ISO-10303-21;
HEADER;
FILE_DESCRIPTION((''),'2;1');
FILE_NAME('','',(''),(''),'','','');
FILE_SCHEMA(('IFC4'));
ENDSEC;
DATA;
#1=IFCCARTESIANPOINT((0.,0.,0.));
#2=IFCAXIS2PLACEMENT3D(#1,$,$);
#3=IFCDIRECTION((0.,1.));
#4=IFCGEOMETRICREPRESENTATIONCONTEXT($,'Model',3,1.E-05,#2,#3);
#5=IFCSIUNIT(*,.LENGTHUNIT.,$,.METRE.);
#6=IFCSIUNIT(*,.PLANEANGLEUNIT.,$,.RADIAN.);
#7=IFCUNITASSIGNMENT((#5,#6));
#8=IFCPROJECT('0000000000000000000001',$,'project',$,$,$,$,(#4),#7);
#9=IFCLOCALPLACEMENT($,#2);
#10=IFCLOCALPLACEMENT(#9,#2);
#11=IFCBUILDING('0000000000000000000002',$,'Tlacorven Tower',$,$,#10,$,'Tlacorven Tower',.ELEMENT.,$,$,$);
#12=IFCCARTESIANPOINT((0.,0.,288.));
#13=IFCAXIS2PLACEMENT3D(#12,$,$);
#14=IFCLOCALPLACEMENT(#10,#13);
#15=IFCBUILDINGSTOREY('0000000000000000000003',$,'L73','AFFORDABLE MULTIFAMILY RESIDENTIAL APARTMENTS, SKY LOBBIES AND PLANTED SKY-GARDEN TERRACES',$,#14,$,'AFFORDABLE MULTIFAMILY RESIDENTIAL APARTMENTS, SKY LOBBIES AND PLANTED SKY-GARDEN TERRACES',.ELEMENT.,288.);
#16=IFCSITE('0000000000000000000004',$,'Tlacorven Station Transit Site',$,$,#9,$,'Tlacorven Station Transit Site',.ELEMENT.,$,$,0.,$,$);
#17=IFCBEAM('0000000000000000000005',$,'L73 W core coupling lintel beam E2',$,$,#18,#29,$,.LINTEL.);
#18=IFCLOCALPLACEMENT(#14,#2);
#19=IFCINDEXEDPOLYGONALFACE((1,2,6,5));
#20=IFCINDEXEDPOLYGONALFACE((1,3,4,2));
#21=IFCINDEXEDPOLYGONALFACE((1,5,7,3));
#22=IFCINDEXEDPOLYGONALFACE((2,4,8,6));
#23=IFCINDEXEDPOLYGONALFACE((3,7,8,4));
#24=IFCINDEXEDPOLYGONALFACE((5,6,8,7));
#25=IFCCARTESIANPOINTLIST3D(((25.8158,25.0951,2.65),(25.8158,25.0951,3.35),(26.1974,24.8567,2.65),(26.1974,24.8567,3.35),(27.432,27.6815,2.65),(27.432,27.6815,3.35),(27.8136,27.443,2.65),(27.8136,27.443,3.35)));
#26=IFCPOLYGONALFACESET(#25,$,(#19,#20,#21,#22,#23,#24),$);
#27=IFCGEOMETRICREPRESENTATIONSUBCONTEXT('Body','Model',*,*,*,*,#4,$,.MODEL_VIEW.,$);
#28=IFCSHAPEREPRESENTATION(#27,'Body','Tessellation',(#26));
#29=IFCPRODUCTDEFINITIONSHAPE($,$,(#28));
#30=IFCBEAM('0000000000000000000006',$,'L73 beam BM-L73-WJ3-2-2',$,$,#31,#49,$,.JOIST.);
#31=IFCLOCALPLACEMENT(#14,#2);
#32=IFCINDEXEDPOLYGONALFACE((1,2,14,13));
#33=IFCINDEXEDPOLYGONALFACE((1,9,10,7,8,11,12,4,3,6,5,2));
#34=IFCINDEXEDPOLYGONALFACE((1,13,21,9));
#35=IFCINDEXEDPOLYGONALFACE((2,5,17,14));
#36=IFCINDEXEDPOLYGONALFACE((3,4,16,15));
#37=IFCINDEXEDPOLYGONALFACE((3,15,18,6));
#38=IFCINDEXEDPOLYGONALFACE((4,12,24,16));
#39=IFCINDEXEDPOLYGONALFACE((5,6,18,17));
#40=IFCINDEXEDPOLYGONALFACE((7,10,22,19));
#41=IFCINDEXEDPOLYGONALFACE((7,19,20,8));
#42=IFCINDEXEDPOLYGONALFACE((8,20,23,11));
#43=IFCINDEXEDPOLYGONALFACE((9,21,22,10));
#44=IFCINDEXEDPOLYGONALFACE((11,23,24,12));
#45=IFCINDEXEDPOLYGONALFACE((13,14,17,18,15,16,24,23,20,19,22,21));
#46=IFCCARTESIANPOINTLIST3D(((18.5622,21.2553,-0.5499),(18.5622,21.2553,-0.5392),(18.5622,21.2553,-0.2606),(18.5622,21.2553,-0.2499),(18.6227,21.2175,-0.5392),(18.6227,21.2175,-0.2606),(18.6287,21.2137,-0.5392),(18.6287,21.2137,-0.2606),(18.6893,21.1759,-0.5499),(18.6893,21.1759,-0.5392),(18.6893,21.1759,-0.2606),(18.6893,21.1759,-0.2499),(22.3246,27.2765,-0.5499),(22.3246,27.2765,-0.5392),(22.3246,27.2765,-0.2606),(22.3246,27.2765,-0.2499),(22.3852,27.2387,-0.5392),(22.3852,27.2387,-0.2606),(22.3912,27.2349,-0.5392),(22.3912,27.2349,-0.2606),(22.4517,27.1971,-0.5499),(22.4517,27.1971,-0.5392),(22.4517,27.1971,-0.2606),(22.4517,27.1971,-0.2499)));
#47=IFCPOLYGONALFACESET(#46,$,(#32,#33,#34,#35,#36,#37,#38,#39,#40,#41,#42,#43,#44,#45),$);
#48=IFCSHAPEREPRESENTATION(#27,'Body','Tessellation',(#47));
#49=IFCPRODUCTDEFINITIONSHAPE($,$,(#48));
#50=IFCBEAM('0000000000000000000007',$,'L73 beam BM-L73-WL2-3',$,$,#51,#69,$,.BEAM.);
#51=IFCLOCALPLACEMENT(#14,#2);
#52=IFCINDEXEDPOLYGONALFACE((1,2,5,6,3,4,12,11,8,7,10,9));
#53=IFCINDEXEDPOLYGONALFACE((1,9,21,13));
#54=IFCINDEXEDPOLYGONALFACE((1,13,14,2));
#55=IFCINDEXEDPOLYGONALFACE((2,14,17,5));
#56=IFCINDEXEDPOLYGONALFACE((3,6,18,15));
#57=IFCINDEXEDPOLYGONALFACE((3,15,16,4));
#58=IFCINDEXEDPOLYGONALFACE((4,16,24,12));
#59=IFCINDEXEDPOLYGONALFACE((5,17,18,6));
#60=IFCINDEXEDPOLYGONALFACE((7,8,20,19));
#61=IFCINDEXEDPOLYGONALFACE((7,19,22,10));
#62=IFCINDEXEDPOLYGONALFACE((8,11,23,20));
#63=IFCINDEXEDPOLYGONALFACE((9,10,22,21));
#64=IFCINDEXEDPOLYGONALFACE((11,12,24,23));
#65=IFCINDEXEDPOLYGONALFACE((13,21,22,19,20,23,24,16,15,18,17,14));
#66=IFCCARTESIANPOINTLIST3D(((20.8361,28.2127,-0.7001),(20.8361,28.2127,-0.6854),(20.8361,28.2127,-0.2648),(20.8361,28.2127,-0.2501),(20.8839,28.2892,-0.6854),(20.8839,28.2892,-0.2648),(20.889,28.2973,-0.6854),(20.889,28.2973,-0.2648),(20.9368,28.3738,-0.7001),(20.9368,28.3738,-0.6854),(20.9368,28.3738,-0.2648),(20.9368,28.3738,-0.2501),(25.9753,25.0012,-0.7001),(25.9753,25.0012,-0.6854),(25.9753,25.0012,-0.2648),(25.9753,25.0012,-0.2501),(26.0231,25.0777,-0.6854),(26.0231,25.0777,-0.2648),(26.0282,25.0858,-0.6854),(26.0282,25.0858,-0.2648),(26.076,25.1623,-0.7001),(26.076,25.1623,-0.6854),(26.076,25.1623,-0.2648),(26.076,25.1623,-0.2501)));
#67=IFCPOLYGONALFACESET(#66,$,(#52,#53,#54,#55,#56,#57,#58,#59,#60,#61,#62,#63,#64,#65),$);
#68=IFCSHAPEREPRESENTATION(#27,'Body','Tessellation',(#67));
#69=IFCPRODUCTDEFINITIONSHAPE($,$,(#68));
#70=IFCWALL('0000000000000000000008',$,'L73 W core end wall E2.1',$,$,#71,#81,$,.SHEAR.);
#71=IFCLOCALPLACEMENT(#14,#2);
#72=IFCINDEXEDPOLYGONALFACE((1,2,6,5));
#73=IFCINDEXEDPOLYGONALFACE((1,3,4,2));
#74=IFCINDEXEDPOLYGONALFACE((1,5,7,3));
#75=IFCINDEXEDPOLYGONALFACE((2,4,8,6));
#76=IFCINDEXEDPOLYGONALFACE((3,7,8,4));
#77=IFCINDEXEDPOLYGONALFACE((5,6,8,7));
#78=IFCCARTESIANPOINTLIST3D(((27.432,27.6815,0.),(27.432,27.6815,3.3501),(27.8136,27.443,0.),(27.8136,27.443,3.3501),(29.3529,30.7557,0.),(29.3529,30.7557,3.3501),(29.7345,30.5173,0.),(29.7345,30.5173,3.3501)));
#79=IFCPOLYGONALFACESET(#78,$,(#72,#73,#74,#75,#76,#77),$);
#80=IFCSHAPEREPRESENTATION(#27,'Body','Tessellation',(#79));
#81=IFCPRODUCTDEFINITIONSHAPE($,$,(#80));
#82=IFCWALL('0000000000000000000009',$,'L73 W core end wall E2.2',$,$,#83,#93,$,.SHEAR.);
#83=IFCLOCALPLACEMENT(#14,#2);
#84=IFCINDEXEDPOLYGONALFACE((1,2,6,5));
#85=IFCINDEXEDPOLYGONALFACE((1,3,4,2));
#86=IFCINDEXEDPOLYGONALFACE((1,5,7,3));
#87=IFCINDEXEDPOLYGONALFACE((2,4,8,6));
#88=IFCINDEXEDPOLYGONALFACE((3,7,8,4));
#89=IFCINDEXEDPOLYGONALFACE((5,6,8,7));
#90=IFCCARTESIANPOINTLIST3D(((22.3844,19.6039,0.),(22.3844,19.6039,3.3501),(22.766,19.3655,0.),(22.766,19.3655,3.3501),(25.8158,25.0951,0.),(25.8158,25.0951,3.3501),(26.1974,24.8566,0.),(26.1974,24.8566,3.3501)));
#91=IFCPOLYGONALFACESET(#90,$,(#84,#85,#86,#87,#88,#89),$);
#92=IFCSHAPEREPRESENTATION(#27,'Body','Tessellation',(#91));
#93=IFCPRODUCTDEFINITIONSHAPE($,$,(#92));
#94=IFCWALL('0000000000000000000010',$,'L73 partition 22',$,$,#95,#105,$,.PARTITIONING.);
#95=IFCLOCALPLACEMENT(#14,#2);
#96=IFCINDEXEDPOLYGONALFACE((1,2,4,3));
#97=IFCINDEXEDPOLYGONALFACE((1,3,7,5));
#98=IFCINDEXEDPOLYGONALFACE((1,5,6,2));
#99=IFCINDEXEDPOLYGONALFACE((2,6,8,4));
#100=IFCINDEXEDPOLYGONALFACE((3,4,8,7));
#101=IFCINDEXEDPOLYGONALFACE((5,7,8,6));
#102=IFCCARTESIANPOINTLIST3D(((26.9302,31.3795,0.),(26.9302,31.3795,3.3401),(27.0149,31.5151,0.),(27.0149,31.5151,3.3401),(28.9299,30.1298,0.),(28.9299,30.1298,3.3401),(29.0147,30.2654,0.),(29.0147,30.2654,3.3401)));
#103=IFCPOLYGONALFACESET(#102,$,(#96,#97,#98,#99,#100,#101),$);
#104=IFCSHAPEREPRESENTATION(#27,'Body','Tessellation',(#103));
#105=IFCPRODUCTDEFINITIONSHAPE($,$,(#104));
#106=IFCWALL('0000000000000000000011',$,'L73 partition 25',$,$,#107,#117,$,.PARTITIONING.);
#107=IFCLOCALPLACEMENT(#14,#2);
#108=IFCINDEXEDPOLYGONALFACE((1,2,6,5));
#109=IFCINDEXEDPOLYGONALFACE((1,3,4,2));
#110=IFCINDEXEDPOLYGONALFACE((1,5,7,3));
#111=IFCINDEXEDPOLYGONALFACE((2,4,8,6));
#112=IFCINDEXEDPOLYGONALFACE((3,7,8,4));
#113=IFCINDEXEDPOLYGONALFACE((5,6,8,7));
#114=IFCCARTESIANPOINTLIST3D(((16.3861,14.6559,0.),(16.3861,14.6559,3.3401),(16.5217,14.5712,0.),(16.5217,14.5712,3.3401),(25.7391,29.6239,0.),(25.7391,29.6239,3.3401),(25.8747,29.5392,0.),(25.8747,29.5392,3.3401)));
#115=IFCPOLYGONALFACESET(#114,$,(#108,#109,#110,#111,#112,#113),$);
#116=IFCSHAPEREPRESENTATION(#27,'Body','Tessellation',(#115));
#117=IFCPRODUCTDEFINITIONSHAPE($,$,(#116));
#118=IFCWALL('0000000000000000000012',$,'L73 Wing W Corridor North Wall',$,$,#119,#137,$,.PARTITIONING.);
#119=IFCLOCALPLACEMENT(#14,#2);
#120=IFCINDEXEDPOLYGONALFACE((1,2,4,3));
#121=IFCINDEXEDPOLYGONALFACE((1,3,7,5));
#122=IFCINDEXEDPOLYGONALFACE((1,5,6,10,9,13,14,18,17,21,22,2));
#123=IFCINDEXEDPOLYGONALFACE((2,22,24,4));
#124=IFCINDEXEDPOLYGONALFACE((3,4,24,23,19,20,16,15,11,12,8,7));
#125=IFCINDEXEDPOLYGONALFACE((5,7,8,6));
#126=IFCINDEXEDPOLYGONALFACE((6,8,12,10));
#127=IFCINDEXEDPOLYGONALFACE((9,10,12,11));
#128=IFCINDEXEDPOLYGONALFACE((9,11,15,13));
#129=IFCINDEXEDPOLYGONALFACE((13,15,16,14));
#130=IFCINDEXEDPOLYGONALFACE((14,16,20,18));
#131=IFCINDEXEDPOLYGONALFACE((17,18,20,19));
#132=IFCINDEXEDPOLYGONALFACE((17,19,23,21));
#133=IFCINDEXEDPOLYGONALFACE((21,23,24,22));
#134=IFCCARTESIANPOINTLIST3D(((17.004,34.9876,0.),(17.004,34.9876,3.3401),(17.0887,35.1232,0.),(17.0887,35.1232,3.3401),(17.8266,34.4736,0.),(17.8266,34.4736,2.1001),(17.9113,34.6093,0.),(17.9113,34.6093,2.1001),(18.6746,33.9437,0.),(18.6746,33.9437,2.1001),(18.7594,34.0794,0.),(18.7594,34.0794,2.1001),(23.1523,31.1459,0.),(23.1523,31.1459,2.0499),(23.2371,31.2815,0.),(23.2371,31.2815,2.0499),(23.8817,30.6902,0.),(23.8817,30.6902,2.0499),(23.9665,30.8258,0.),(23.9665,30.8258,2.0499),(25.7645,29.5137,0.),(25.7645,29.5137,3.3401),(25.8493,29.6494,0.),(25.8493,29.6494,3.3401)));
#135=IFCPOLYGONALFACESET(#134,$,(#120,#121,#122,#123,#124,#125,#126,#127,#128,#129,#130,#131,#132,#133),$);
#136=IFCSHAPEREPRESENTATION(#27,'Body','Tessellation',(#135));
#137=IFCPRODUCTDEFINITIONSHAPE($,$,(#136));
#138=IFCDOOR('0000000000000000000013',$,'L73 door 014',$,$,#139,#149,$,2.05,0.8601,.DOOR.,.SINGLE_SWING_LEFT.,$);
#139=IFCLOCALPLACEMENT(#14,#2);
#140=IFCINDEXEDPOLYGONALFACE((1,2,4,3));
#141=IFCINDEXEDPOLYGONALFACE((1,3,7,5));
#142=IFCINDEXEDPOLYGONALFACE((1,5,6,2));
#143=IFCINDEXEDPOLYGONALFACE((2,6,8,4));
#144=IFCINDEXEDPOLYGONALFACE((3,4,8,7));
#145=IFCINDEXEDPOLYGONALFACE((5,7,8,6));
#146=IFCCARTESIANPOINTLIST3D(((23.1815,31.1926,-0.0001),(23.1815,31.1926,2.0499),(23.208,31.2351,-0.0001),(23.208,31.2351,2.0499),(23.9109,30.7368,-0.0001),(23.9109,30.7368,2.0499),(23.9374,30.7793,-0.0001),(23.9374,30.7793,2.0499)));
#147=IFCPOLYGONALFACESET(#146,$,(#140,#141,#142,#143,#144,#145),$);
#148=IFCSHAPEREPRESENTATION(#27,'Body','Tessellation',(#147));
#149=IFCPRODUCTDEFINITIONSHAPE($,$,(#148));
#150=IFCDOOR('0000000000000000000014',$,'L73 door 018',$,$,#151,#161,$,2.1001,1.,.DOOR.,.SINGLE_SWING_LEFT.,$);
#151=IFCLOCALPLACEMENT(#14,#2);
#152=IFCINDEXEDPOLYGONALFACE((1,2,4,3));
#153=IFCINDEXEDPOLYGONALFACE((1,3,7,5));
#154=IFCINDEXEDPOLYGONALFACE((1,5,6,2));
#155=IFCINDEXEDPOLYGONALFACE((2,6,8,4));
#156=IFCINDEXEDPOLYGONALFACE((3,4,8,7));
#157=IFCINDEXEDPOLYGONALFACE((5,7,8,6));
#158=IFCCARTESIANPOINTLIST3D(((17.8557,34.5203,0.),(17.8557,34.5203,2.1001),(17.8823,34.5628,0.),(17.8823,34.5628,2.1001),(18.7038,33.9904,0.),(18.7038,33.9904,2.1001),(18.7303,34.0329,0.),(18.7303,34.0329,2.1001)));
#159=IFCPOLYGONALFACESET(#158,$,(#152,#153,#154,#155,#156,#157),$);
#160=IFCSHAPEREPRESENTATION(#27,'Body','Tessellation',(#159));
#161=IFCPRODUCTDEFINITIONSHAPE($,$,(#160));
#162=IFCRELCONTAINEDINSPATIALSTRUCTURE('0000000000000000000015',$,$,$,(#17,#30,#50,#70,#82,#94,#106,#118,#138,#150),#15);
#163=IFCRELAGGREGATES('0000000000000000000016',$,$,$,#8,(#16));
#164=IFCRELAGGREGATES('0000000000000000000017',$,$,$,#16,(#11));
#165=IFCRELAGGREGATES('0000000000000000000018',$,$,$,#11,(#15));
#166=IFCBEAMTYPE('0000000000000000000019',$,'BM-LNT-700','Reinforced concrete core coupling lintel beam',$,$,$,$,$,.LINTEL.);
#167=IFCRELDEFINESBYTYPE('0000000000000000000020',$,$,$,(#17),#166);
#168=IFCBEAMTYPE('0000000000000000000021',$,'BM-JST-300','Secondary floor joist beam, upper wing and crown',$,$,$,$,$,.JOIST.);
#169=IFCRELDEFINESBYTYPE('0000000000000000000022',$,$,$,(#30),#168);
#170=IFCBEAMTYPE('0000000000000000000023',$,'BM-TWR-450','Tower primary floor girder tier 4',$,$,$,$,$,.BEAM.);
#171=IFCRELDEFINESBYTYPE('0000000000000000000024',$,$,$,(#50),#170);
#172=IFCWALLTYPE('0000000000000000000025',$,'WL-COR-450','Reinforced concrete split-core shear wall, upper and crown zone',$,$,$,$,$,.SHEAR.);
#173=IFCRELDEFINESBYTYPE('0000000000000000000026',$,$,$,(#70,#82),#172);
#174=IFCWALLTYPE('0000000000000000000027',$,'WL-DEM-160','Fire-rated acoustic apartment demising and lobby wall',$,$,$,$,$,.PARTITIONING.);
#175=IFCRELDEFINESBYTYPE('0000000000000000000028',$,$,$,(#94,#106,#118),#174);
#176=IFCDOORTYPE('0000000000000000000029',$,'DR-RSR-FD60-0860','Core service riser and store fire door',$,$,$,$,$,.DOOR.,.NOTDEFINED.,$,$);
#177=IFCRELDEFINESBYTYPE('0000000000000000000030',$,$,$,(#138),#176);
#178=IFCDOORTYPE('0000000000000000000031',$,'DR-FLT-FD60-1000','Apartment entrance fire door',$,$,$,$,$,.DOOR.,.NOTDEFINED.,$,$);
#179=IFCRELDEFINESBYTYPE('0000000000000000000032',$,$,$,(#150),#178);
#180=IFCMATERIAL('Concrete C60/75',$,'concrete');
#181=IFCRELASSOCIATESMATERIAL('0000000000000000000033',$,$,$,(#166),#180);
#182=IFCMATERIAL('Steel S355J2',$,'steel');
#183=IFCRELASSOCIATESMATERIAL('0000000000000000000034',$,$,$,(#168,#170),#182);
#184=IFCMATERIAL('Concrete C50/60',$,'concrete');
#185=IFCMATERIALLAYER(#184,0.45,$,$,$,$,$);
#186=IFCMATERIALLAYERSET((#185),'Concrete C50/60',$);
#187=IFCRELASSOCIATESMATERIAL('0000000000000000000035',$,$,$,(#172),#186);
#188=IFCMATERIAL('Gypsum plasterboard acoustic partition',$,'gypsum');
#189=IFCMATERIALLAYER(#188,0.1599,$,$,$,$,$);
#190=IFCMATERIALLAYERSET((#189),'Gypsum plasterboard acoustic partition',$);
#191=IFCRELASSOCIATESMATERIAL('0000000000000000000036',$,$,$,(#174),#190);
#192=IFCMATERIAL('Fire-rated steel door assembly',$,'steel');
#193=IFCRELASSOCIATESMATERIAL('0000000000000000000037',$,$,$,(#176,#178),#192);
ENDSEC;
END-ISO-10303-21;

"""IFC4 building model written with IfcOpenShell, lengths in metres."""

from ifc_helpers import new_model, si_unit, direction, frame, frame_2d, origin, origin_2d, place, context, subcontext, project, spatial, rectangle, i_section, extrude, source, transform, mapped, material, layer, layer_set, material_profile, profile_set, type_object, element, fill, save


model = new_model("IFC4")

# Units and contexts
model_context = context("Model", 3, precision=1e-05, world=origin(), true_north=direction((0.0, 1.0)))
body_context = subcontext(model_context, "Body", "Model", "MODEL_VIEW")
ifc_project = project(units=[si_unit("LENGTHUNIT", "METRE"), si_unit("PLANEANGLEUNIT", "RADIAN")], contexts=[model_context])

# Site, building, storey
site_placement = place(None, origin())
site = spatial("IfcSite", under=ifc_project, at=site_placement, Name="Tlacorven Station Transit Site", LongName="Tlacorven Station Transit Site", CompositionType="ELEMENT", RefElevation=0.0)
building_placement = place(site_placement, origin())
building = spatial("IfcBuilding", under=site, at=building_placement, Name="Tlacorven Tower", LongName="Tlacorven Tower", CompositionType="ELEMENT")
storey_placement = place(building_placement, frame((0.0, 0.0, 288.0)))
storey = spatial("IfcBuildingStorey", under=building, at=storey_placement, Name="L73", Description="AFFORDABLE MULTIFAMILY RESIDENTIAL APARTMENTS, SKY LOBBIES AND PLANTED SKY-GARDEN TERRACES", LongName="AFFORDABLE MULTIFAMILY RESIDENTIAL APARTMENTS, SKY LOBBIES AND PLANTED SKY-GARDEN TERRACES", CompositionType="ELEMENT", Elevation=288.0)

# Beams
ifc_material_1 = material(Name="Concrete C60/75", Category="concrete")
ifc_material_profile_1 = material_profile(ifc_material_1, rectangle(XDim=0.45, YDim=0.7, at=origin_2d()), Name="RC 450X700")
ifc_profile_set_1 = profile_set([ifc_material_profile_1], Name="Concrete C60/75")
beam_type_1 = type_object("IfcBeamType", Name="BM-LNT-700", Description="Reinforced concrete core coupling lintel beam", PredefinedType="LINTEL", material=ifc_profile_set_1)
shared_shape_1 = source(origin(), body_context, "Body", "SweptSolid", [
    extrude(rectangle(XDim=0.45, YDim=0.7, at=origin_2d()), origin(), (0.0, 0.0, 1.0), 3.0498),
])
beam_1_placement = place(storey_placement, frame((27.6228, 27.5623, 3.0), z_axis=(-0.529927, -0.848043, 0.0), x_axis=(0.848043, -0.529927, 0.0)))
element("IfcBeam", 1, at=beam_1_placement, inside=storey, type_object=beam_type_1, Name="L73 W core coupling lintel beam E2", PredefinedType="LINTEL", context=body_context, shape_type="MappedRepresentation", body=[
    mapped(shared_shape_1, transform((0.0, 0.0, 0.0), scale=1.0)),
])
ifc_material_2 = material(Name="Steel S355J2", Category="steel")
ifc_material_profile_2 = material_profile(ifc_material_2, i_section(OverallWidth=0.1499, OverallDepth=0.3, WebThickness=0.0071, FlangeThickness=0.0107, at=origin_2d()), Name="IPE 300")
ifc_profile_set_2 = profile_set([ifc_material_profile_2], Name="Steel S355J2")
beam_type_2 = type_object("IfcBeamType", Name="BM-JST-300", Description="Secondary floor joist beam, upper wing and crown", PredefinedType="JOIST", material=ifc_profile_set_2)
shared_shape_2 = source(origin(), body_context, "Body", "SweptSolid", [
    extrude(i_section(OverallWidth=0.1499, OverallDepth=0.3, WebThickness=0.0071, FlangeThickness=0.0107, at=origin_2d()), origin(), (0.0, 0.0, 1.0), 7.1001),
])
beam_2_placement = place(storey_placement, frame((22.3882, 27.2368, -0.3999), z_axis=(-0.529915, -0.84805, 0.0), x_axis=(0.84805, -0.529915, 0.0)))
element("IfcBeam", 2, at=beam_2_placement, inside=storey, type_object=beam_type_2, Name="L73 beam BM-L73-WJ3-2-2", PredefinedType="JOIST", context=body_context, shape_type="MappedRepresentation", body=[
    mapped(shared_shape_2, transform((0.0, 0.0, 0.0), scale=1.0)),
])
ifc_material_profile_3 = material_profile(ifc_material_2, i_section(OverallWidth=0.1899, OverallDepth=0.45, WebThickness=0.0095, FlangeThickness=0.0146, at=origin_2d()), Name="IPE 450")
ifc_profile_set_3 = profile_set([ifc_material_profile_3], Name="Steel S355J2")
beam_type_3 = type_object("IfcBeamType", Name="BM-TWR-450", Description="Tower primary floor girder tier 4", PredefinedType="BEAM", material=ifc_profile_set_3)
shared_shape_3 = source(origin(), body_context, "Body", "SweptSolid", [
    extrude(i_section(OverallWidth=0.1899, OverallDepth=0.45, WebThickness=0.0095, FlangeThickness=0.0146, at=origin_2d()), origin(), (0.0, 0.0, 1.0), 6.0601),
])
beam_3_placement = place(storey_placement, frame((26.0256, 25.0818, -0.4751), z_axis=(-0.848039, 0.529934, 0.0), x_axis=(-0.529934, -0.848039, 0.0)))
element("IfcBeam", 3, at=beam_3_placement, inside=storey, type_object=beam_type_3, Name="L73 beam BM-L73-WL2-3", PredefinedType="BEAM", context=body_context, shape_type="MappedRepresentation", body=[
    mapped(shared_shape_3, transform((0.0, 0.0, 0.0), scale=1.0)),
])

# Walls
ifc_material_3 = material(Name="Concrete C50/60", Category="concrete")
ifc_layer_1 = layer(ifc_material_3, 0.45)
ifc_layer_set_1 = layer_set([ifc_layer_1], Name="Concrete C50/60")
wall_type_1 = type_object("IfcWallType", Name="WL-COR-450", Description="Reinforced concrete split-core shear wall, upper and crown zone", PredefinedType="SHEAR", material=ifc_layer_set_1)
wall_1_placement = place(storey_placement, frame((29.5437, 30.6365, 0.0), z_axis=(0.0, 0.0, 1.0), x_axis=(-0.529902, -0.848059, 0.0)))
element("IfcWall", 4, at=wall_1_placement, inside=storey, type_object=wall_type_1, Name="L73 W core end wall E2.1", PredefinedType="SHEAR", context=body_context, shape_type="SweptSolid", body=[
    extrude(rectangle(XDim=3.625, YDim=0.45, at=frame_2d((1.8125, 0.0))), origin(), (0.0, 0.0, 1.0), 3.3501),
])
wall_2_placement = place(storey_placement, frame((26.0066, 24.9758, 0.0), z_axis=(0.0, 0.0, 1.0), x_axis=(-0.529931, -0.848041, 0.0)))
element("IfcWall", 5, at=wall_2_placement, inside=storey, type_object=wall_type_1, Name="L73 W core end wall E2.2", PredefinedType="SHEAR", context=body_context, shape_type="SweptSolid", body=[
    extrude(rectangle(XDim=6.4751, YDim=0.45, at=frame_2d((3.2375, 0.0))), origin(), (0.0, 0.0, 1.0), 3.3501),
])
ifc_material_4 = material(Name="Gypsum plasterboard acoustic partition", Category="gypsum")
ifc_layer_2 = layer(ifc_material_4, 0.1599)
ifc_layer_set_2 = layer_set([ifc_layer_2], Name="Gypsum plasterboard acoustic partition")
wall_type_2 = type_object("IfcWallType", Name="WL-DEM-160", Description="Fire-rated acoustic apartment demising and lobby wall", PredefinedType="PARTITIONING", material=ifc_layer_set_2)
wall_3_placement = place(storey_placement, frame((28.9724, 30.1975, 0.0), z_axis=(0.0, 0.0, 1.0), x_axis=(-0.848016, 0.529971, 0.0)))
element("IfcWall", 6, at=wall_3_placement, inside=storey, type_object=wall_type_2, Name="L73 partition 22", PredefinedType="PARTITIONING", context=body_context, shape_type="SweptSolid", body=[
    extrude(rectangle(XDim=2.3582, YDim=0.1599, at=frame_2d((1.1792, 0.0))), origin(), (0.0, 0.0, 1.0), 3.3401),
])
wall_4_placement = place(storey_placement, frame((25.8069, 29.5815, 0.0), z_axis=(0.0, 0.0, 1.0), x_axis=(-0.529918, -0.848049, 0.0)))
element("IfcWall", 7, at=wall_4_placement, inside=storey, type_object=wall_type_2, Name="L73 partition 25", PredefinedType="PARTITIONING", context=body_context, shape_type="SweptSolid", body=[
    extrude(rectangle(XDim=17.6499, YDim=0.1599, at=frame_2d((8.825, 0.0))), origin(), (0.0, 0.0, 1.0), 3.3401),
])

# Wall, openings, doors
wall_5_placement = place(storey_placement, frame((25.8069, 29.5815, 0.0), z_axis=(0.0, 0.0, 1.0), x_axis=(-0.848061, 0.529899, 0.0)))
wall_5 = element("IfcWall", 8, at=wall_5_placement, inside=storey, type_object=wall_type_2, Name="L73 Wing W Corridor North Wall", PredefinedType="PARTITIONING", context=body_context, shape_type="SweptSolid", body=[
    extrude(rectangle(XDim=10.3301, YDim=0.1599, at=frame_2d((5.165, 0.0))), origin(), (0.0, 0.0, 1.0), 3.3401),
])
opening_1_placement = place(wall_5_placement, frame((2.22, 0.0, 0.0)))
opening_1 = element("IfcOpeningElement", 9, at=opening_1_placement, cuts=wall_5, PredefinedType="OPENING", context=body_context, shape_type="SweptSolid", body=[
    extrude(rectangle(XDim=0.8601, YDim=2.05, at=frame_2d((0.4302, 1.0249))), frame((0.0, 0.0898, 0.0), z_axis=(0.0, -1.0, 0.0), x_axis=(1.0, 0.0, 0.0)), (0.0, 0.0, 1.0), 0.1799),
])
opening_2_placement = place(wall_5_placement, frame((8.3601, 0.0, 0.0)))
opening_2 = element("IfcOpeningElement", 10, at=opening_2_placement, cuts=wall_5, PredefinedType="OPENING", context=body_context, shape_type="SweptSolid", body=[
    extrude(rectangle(XDim=1.0, YDim=2.1001, at=frame_2d((0.5, 1.05))), frame((0.0, 0.0898, 0.0), z_axis=(0.0, -1.0, 0.0), x_axis=(1.0, 0.0, 0.0)), (0.0, 0.0, 1.0), 0.1799),
])
ifc_material_5 = material(Name="Fire-rated steel door assembly", Category="steel")
door_type_1 = type_object("IfcDoorType", Name="DR-RSR-FD60-0860", Description="Core service riser and store fire door", OperationType="NOTDEFINED", PredefinedType="DOOR", material=ifc_material_5)
shared_shape_4 = source(origin(), body_context, "Body", "SweptSolid", [
    extrude(rectangle(XDim=0.8601, YDim=2.05, at=frame_2d((0.4302, 1.0249))), frame((0.0, 0.0249, 0.0), z_axis=(0.0, -1.0, 0.0), x_axis=(1.0, 0.0, 0.0)), (0.0, 0.0, 1.0), 0.05),
])
door_1_placement = place(opening_1_placement, origin())
door_1 = element("IfcDoor", 11, at=door_1_placement, inside=storey, type_object=door_type_1, Name="L73 door 014", OperationType="SINGLE_SWING_LEFT", OverallHeight=2.05, OverallWidth=0.8601, PredefinedType="DOOR", context=body_context, shape_type="MappedRepresentation", body=[
    mapped(shared_shape_4, transform((0.0, 0.0, 0.0), scale=1.0)),
])
fill(opening_1, door_1)
door_type_2 = type_object("IfcDoorType", Name="DR-FLT-FD60-1000", Description="Apartment entrance fire door", OperationType="NOTDEFINED", PredefinedType="DOOR", material=ifc_material_5)
shared_shape_5 = source(origin(), body_context, "Body", "SweptSolid", [
    extrude(rectangle(XDim=1.0, YDim=2.1001, at=frame_2d((0.5, 1.05))), frame((0.0, 0.0249, 0.0), z_axis=(0.0, -1.0, 0.0), x_axis=(1.0, 0.0, 0.0)), (0.0, 0.0, 1.0), 0.05),
])
door_2_placement = place(opening_2_placement, origin())
door_2 = element("IfcDoor", 12, at=door_2_placement, inside=storey, type_object=door_type_2, Name="L73 door 018", OperationType="SINGLE_SWING_LEFT", OverallHeight=2.1001, OverallWidth=1.0, PredefinedType="DOOR", context=body_context, shape_type="MappedRepresentation", body=[
    mapped(shared_shape_5, transform((0.0, 0.0, 0.0), scale=1.0)),
])
fill(opening_2, door_2)

save(model, "model.ifc")
